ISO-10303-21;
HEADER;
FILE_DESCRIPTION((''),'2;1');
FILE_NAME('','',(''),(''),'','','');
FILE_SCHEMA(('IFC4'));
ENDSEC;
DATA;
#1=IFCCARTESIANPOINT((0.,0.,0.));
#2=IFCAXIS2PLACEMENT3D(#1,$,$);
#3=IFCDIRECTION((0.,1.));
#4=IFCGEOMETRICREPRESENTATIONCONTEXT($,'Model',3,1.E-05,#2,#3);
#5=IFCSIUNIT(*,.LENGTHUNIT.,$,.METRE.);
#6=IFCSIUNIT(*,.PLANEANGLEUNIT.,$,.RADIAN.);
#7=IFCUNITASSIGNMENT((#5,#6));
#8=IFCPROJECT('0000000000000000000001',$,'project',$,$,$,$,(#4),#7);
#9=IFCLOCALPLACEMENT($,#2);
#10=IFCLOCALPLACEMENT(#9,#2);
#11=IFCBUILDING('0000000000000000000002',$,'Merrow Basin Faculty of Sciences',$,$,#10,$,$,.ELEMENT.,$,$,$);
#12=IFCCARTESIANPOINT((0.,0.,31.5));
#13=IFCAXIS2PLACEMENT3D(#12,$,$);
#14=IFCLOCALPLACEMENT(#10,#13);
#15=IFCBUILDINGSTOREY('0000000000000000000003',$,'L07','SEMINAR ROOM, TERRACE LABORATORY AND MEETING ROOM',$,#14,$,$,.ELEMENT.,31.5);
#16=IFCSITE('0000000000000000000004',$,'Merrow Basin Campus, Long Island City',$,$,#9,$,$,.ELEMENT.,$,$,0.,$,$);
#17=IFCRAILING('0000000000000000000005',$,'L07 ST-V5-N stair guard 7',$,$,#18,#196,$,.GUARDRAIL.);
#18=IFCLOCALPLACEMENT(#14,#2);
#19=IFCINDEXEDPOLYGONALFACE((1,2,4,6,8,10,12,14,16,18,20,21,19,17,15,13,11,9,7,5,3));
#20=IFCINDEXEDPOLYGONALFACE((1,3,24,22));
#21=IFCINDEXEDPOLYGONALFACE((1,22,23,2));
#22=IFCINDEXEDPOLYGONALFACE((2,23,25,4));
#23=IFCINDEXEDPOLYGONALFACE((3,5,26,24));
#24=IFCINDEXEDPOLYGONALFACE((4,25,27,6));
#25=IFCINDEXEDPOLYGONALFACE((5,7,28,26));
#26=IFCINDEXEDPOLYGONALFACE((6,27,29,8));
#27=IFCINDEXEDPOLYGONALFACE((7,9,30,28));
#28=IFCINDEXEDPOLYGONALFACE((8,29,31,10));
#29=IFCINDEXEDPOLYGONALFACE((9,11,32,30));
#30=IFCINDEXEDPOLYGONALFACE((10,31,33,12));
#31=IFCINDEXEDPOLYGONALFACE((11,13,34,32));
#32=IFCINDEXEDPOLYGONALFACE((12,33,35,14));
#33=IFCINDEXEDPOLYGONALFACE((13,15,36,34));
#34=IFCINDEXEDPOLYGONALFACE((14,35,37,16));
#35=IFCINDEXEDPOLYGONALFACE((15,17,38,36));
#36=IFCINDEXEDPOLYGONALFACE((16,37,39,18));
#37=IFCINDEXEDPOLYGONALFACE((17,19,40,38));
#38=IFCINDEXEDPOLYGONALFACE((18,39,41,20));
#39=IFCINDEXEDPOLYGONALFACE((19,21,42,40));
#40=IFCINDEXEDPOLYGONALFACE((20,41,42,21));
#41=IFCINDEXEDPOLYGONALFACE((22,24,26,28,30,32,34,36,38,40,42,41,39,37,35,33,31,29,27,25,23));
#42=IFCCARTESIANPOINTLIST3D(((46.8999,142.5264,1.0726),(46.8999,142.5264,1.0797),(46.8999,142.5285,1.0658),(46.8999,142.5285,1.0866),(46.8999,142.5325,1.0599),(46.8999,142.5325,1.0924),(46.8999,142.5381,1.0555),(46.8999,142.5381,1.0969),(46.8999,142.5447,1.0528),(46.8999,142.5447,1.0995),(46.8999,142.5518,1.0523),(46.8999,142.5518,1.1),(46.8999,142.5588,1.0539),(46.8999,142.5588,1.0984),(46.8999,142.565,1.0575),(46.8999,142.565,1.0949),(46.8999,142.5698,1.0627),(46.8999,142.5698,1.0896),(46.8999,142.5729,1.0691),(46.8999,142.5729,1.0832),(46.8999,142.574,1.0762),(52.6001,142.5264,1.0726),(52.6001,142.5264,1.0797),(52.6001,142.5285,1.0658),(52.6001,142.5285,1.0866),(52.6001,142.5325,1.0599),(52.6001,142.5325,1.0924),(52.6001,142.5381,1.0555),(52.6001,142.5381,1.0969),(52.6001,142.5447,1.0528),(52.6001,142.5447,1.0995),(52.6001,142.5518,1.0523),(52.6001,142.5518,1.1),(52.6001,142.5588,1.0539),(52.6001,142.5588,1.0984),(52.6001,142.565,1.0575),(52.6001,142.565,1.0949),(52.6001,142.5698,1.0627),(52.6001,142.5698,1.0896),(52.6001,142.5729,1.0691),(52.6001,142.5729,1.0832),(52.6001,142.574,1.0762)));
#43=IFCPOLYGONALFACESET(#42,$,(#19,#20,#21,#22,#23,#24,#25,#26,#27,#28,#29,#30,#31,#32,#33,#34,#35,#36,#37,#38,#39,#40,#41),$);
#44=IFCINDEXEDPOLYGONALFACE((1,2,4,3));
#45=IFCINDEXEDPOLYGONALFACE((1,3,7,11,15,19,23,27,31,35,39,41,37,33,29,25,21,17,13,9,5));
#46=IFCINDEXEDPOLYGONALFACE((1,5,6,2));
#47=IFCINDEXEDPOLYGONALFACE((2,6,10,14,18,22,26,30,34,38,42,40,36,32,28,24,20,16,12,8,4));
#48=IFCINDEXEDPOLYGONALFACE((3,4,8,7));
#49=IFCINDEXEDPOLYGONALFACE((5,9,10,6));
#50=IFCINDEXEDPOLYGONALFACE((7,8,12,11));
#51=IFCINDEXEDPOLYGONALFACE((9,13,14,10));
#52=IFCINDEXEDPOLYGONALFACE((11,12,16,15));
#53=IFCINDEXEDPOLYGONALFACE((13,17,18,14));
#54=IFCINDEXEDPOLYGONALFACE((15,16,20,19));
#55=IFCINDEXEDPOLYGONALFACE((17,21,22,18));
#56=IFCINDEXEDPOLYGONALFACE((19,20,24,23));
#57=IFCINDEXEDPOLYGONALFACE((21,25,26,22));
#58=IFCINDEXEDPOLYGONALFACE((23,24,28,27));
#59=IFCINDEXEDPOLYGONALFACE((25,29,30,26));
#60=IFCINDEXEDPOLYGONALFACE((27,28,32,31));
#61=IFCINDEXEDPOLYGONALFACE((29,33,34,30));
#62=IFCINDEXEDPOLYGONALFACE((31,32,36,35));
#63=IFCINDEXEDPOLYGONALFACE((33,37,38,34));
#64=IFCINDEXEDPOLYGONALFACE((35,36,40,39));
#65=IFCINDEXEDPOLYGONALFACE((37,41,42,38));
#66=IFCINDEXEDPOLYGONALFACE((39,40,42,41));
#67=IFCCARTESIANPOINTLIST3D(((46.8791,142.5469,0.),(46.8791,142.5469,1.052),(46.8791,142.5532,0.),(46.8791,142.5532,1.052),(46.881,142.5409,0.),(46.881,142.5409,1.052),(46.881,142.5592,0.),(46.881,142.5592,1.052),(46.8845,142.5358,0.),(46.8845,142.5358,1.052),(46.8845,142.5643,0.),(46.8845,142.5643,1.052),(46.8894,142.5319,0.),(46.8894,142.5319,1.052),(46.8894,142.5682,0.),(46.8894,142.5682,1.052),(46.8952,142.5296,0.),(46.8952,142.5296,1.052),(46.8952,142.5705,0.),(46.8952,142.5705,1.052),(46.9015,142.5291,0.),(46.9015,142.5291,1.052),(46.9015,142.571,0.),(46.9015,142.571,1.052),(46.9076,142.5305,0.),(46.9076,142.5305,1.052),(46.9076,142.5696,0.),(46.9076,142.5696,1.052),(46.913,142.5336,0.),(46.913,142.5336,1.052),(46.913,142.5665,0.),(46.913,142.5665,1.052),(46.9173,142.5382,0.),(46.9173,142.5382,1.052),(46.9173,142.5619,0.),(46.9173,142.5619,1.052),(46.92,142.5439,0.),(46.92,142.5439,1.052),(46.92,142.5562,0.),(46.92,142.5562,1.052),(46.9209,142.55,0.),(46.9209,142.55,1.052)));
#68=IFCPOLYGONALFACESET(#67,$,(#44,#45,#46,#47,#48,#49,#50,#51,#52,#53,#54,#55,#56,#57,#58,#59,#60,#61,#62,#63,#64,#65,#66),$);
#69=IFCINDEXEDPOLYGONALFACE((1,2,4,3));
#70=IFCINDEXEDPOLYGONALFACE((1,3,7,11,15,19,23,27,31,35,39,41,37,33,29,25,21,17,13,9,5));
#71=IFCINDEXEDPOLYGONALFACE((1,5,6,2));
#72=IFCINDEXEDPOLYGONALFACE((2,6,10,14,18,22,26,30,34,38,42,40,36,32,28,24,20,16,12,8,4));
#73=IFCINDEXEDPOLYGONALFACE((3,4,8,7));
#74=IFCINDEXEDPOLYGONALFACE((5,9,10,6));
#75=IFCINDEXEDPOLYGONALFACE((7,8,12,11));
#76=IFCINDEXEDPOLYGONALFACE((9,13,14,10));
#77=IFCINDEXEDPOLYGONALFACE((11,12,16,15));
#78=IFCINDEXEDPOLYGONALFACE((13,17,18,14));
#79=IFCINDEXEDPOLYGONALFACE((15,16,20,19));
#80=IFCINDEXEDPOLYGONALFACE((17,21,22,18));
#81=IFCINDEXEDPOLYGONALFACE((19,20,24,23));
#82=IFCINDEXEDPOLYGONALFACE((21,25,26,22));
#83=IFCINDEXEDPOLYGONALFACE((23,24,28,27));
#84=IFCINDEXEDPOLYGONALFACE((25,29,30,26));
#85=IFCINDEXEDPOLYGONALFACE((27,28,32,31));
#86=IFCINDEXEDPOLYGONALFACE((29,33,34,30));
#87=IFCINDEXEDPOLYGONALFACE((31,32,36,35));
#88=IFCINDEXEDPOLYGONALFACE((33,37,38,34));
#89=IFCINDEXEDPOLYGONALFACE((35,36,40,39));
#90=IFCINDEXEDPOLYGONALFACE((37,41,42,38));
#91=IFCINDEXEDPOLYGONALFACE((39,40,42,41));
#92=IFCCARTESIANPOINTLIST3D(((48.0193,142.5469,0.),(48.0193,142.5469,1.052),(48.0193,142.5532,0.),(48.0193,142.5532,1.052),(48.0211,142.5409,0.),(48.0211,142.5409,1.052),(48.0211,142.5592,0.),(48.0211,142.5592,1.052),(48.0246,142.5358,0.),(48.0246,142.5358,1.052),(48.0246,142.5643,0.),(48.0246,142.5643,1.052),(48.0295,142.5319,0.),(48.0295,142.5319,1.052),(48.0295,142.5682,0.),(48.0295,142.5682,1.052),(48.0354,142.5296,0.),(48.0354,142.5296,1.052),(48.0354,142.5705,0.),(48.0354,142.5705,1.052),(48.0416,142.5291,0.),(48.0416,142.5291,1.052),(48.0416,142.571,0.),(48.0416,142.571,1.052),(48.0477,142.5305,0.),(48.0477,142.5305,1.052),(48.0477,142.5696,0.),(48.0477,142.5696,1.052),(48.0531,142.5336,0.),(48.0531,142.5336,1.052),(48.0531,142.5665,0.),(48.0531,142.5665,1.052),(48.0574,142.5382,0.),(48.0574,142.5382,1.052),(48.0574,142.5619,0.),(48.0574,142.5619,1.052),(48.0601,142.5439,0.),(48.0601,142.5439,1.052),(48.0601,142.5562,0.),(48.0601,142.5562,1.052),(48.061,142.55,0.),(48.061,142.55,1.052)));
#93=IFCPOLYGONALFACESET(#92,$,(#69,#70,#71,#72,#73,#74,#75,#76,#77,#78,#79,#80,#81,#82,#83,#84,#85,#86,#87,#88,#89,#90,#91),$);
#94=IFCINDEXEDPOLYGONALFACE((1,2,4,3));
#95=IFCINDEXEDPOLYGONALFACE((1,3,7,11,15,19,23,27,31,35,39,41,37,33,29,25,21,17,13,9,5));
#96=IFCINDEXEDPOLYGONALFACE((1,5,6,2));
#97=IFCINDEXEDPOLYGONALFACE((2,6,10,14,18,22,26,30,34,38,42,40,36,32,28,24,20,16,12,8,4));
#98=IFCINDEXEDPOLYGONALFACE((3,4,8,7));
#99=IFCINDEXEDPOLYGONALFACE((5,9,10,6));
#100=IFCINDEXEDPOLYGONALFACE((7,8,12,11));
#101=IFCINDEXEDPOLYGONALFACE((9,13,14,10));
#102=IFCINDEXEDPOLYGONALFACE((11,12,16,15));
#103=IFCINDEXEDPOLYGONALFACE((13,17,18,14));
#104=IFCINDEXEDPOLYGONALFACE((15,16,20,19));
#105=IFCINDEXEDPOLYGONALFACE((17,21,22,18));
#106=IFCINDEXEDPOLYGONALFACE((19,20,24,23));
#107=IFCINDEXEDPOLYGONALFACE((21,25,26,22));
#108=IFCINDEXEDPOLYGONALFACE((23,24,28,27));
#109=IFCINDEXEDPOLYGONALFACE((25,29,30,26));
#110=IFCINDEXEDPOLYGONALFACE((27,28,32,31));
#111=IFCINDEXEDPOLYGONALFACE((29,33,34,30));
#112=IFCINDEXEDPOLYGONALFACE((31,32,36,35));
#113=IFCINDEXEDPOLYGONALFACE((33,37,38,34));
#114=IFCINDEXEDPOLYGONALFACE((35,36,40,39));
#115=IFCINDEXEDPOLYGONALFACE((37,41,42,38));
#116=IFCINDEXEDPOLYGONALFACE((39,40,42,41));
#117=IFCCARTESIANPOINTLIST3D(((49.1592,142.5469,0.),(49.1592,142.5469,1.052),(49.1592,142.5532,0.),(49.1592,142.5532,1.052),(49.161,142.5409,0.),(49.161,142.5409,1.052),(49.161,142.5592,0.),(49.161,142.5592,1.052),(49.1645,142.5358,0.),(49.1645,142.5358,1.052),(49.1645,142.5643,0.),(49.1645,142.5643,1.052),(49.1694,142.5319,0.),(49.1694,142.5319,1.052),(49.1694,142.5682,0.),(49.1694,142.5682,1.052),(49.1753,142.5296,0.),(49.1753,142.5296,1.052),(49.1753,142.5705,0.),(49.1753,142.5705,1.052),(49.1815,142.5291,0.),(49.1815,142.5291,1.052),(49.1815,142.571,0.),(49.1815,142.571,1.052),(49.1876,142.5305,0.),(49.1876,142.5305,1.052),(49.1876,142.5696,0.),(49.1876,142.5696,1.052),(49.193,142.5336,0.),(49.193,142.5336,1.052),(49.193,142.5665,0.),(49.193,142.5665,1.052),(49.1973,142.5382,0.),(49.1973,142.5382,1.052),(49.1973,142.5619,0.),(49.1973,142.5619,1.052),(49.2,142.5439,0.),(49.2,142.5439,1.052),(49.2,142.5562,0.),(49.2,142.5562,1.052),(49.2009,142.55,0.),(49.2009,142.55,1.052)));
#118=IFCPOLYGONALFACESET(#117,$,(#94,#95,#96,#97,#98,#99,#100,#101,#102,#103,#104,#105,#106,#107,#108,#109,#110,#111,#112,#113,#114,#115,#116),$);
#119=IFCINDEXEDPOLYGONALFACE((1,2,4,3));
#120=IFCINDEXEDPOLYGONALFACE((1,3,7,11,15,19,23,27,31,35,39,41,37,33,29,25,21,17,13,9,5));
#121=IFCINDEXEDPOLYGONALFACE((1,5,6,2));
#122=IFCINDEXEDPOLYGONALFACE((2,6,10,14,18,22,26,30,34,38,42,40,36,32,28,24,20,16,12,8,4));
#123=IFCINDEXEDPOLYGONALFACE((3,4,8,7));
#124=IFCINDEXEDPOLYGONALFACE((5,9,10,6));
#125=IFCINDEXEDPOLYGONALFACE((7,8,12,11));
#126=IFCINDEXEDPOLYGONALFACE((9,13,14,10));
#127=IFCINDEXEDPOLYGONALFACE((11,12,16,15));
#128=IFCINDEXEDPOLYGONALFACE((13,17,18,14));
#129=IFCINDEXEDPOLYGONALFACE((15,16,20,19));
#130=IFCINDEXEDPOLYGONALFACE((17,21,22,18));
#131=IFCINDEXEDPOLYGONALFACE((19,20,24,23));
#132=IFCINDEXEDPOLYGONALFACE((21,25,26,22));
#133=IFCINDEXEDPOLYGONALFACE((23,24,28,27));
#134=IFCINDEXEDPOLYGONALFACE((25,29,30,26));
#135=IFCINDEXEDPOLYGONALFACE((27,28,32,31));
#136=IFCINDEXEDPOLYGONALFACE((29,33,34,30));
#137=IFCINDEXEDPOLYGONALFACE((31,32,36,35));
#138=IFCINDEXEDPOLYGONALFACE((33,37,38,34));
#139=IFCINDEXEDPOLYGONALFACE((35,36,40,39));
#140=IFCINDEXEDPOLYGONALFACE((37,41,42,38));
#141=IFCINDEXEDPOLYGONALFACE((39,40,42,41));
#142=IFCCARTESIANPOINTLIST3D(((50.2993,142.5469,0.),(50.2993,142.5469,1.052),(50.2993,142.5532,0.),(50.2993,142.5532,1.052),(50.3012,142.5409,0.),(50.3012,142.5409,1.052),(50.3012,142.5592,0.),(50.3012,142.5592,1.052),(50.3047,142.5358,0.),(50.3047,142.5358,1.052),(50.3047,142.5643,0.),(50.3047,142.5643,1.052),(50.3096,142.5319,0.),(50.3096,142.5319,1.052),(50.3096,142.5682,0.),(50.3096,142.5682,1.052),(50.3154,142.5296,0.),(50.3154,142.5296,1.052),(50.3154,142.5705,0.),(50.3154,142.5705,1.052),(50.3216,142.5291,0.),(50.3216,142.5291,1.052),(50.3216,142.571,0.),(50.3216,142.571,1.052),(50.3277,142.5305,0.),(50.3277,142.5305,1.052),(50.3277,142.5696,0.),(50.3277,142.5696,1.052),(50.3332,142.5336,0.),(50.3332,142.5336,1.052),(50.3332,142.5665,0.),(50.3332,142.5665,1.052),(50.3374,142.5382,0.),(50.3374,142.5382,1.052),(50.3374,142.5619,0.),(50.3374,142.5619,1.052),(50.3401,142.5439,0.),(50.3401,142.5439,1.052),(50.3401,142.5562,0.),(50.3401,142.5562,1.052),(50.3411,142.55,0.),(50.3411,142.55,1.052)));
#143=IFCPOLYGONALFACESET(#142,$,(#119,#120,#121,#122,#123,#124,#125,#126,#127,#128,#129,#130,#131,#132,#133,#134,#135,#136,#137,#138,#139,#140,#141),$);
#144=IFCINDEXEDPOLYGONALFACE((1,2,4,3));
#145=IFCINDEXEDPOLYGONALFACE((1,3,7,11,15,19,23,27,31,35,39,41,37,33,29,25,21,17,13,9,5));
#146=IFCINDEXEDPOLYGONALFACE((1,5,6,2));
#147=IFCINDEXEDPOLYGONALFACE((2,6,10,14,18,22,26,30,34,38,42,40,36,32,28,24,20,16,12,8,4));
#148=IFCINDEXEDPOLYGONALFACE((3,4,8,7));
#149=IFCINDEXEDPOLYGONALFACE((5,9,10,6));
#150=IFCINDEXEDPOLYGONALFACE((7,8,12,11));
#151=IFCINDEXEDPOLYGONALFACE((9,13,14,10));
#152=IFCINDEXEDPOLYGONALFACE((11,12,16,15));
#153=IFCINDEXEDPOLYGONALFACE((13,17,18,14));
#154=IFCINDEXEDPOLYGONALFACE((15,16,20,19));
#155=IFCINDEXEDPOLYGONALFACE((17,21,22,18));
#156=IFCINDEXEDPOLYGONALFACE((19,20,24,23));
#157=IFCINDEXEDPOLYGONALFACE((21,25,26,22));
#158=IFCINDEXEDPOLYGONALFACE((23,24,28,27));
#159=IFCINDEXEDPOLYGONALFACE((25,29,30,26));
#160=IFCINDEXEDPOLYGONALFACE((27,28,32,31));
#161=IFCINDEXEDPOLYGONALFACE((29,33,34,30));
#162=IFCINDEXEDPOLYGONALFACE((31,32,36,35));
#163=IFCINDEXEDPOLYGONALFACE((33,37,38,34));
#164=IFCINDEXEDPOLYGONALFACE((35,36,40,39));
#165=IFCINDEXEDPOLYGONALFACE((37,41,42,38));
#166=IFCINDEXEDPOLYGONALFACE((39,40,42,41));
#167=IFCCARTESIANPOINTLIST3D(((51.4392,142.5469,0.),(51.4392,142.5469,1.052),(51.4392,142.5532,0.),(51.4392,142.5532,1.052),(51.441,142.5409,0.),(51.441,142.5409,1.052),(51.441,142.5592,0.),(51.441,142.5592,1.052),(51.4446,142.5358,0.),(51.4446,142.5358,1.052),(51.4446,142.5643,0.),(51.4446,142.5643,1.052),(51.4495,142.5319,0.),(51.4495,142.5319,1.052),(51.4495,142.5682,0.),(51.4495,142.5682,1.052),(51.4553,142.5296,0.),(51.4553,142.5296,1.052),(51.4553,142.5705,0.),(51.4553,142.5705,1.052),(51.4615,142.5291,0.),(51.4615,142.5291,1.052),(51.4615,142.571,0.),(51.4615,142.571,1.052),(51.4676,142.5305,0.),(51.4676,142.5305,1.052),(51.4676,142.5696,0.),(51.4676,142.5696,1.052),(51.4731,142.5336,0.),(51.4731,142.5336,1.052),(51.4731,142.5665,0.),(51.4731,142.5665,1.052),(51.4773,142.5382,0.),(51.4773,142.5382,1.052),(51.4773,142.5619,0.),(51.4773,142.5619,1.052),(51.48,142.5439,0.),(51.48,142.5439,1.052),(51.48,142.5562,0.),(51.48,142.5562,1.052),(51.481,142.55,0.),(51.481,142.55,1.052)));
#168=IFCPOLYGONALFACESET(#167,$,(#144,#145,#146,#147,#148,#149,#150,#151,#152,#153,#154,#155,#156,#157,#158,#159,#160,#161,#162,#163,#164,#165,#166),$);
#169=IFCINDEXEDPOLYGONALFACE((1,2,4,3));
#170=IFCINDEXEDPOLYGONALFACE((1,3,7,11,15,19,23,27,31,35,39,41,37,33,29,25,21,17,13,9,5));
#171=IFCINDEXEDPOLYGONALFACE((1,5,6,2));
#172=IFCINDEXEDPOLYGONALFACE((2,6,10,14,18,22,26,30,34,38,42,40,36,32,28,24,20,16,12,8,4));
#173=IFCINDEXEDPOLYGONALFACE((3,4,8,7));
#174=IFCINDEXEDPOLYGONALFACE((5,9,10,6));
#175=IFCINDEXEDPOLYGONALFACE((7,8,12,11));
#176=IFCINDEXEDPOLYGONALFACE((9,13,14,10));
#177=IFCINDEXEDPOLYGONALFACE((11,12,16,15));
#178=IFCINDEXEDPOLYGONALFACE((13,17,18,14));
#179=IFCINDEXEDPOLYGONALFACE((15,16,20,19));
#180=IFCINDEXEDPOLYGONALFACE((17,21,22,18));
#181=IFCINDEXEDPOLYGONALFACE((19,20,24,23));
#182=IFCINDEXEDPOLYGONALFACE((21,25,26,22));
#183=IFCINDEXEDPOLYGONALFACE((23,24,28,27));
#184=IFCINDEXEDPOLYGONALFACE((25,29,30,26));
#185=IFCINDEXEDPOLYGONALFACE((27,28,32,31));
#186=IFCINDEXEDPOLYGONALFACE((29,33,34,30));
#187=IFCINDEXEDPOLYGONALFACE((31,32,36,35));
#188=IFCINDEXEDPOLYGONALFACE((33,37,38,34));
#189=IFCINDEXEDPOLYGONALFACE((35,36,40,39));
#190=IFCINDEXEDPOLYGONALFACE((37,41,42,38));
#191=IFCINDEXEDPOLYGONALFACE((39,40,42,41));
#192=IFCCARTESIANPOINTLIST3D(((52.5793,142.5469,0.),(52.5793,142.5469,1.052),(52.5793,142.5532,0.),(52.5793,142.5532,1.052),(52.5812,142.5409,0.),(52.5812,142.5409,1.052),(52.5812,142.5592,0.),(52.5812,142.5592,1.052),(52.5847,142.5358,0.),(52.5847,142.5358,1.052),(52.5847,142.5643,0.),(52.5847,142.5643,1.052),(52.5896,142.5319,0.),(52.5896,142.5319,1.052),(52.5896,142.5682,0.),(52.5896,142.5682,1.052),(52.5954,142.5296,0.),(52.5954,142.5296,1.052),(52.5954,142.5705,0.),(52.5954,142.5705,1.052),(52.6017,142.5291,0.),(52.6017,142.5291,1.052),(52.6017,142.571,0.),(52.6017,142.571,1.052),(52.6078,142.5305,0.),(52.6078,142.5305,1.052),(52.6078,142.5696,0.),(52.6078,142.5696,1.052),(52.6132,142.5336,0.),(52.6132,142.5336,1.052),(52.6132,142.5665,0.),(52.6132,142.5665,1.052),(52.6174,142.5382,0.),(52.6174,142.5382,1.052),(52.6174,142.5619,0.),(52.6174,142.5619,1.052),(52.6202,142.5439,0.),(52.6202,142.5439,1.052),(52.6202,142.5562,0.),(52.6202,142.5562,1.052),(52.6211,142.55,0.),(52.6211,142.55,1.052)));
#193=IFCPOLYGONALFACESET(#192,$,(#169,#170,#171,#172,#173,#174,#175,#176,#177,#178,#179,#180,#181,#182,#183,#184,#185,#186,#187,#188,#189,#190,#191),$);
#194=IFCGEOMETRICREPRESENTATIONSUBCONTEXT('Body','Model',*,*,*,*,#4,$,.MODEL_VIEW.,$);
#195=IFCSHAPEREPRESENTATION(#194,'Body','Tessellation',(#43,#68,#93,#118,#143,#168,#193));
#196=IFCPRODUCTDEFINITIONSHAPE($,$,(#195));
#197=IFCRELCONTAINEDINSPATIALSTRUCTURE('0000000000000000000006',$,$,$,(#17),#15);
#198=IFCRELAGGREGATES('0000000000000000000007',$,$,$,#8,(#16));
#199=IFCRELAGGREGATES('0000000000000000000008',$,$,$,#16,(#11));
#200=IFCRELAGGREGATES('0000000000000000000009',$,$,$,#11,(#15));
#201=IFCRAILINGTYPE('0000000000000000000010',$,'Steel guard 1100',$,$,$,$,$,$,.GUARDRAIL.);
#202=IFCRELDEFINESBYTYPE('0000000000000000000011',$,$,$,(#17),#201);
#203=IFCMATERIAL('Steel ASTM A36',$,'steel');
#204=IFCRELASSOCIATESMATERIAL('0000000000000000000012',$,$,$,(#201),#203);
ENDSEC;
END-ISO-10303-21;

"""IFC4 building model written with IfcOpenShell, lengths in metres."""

from ifc_helpers import new_model, si_unit, direction, frame, origin, origin_2d, place, context, subcontext, project, spatial, circle, extrude, material, type_object, element, save


model = new_model("IFC4")

# Units and contexts
model_context = context("Model", 3, precision=1e-05, world=origin(), true_north=direction((0.0, 1.0)))
body_context = subcontext(model_context, "Body", "Model", "MODEL_VIEW")
ifc_project = project(units=[si_unit("LENGTHUNIT", "METRE"), si_unit("PLANEANGLEUNIT", "RADIAN")], contexts=[model_context])

# Site, building, storey
site_placement = place(None, origin())
site = spatial("IfcSite", under=ifc_project, at=site_placement, Name="Merrow Basin Campus, Long Island City", CompositionType="ELEMENT", RefElevation=0.0)
building_placement = place(site_placement, origin())
building = spatial("IfcBuilding", under=site, at=building_placement, Name="Merrow Basin Faculty of Sciences", CompositionType="ELEMENT")
storey_placement = place(building_placement, frame((0.0, 0.0, 31.5)))
storey = spatial("IfcBuildingStorey", under=building, at=storey_placement, Name="L07", Description="SEMINAR ROOM, TERRACE LABORATORY AND MEETING ROOM", CompositionType="ELEMENT", Elevation=31.5)

# Railing
ifc_material_1 = material(Name="Steel ASTM A36", Category="steel")
railing_type_1 = type_object("IfcRailingType", Name="Steel guard 1100", PredefinedType="GUARDRAIL", material=ifc_material_1)
railing_1_placement = place(storey_placement, frame((46.8999, 142.55, 0.0)))
element("IfcRailing", 1, at=railing_1_placement, inside=storey, type_object=railing_type_1, Name="L07 ST-V5-N stair guard 7", PredefinedType="GUARDRAIL", context=body_context, shape_type="SweptSolid", body=[
    extrude(circle(Radius=0.0239, at=origin_2d()), frame((0.0, 0.0, 1.0762), z_axis=(1.0, 0.0, 0.0), x_axis=(0.0, 1.0, 0.0)), (0.0, 0.0, 1.0), 5.7002),
    extrude(circle(Radius=0.021, at=origin_2d()), origin(), (0.0, 0.0, 1.0), 1.052),
    extrude(circle(Radius=0.021, at=origin_2d()), frame((1.1401, 0.0, 0.0)), (0.0, 0.0, 1.0), 1.052),
    extrude(circle(Radius=0.021, at=origin_2d()), frame((2.28, 0.0, 0.0)), (0.0, 0.0, 1.0), 1.052),
    extrude(circle(Radius=0.021, at=origin_2d()), frame((3.4202, 0.0, 0.0)), (0.0, 0.0, 1.0), 1.052),
    extrude(circle(Radius=0.021, at=origin_2d()), frame((4.5601, 0.0, 0.0)), (0.0, 0.0, 1.0), 1.052),
    extrude(circle(Radius=0.021, at=origin_2d()), frame((5.7002, 0.0, 0.0)), (0.0, 0.0, 1.0), 1.052),
])

save(model, "model.ifc")
